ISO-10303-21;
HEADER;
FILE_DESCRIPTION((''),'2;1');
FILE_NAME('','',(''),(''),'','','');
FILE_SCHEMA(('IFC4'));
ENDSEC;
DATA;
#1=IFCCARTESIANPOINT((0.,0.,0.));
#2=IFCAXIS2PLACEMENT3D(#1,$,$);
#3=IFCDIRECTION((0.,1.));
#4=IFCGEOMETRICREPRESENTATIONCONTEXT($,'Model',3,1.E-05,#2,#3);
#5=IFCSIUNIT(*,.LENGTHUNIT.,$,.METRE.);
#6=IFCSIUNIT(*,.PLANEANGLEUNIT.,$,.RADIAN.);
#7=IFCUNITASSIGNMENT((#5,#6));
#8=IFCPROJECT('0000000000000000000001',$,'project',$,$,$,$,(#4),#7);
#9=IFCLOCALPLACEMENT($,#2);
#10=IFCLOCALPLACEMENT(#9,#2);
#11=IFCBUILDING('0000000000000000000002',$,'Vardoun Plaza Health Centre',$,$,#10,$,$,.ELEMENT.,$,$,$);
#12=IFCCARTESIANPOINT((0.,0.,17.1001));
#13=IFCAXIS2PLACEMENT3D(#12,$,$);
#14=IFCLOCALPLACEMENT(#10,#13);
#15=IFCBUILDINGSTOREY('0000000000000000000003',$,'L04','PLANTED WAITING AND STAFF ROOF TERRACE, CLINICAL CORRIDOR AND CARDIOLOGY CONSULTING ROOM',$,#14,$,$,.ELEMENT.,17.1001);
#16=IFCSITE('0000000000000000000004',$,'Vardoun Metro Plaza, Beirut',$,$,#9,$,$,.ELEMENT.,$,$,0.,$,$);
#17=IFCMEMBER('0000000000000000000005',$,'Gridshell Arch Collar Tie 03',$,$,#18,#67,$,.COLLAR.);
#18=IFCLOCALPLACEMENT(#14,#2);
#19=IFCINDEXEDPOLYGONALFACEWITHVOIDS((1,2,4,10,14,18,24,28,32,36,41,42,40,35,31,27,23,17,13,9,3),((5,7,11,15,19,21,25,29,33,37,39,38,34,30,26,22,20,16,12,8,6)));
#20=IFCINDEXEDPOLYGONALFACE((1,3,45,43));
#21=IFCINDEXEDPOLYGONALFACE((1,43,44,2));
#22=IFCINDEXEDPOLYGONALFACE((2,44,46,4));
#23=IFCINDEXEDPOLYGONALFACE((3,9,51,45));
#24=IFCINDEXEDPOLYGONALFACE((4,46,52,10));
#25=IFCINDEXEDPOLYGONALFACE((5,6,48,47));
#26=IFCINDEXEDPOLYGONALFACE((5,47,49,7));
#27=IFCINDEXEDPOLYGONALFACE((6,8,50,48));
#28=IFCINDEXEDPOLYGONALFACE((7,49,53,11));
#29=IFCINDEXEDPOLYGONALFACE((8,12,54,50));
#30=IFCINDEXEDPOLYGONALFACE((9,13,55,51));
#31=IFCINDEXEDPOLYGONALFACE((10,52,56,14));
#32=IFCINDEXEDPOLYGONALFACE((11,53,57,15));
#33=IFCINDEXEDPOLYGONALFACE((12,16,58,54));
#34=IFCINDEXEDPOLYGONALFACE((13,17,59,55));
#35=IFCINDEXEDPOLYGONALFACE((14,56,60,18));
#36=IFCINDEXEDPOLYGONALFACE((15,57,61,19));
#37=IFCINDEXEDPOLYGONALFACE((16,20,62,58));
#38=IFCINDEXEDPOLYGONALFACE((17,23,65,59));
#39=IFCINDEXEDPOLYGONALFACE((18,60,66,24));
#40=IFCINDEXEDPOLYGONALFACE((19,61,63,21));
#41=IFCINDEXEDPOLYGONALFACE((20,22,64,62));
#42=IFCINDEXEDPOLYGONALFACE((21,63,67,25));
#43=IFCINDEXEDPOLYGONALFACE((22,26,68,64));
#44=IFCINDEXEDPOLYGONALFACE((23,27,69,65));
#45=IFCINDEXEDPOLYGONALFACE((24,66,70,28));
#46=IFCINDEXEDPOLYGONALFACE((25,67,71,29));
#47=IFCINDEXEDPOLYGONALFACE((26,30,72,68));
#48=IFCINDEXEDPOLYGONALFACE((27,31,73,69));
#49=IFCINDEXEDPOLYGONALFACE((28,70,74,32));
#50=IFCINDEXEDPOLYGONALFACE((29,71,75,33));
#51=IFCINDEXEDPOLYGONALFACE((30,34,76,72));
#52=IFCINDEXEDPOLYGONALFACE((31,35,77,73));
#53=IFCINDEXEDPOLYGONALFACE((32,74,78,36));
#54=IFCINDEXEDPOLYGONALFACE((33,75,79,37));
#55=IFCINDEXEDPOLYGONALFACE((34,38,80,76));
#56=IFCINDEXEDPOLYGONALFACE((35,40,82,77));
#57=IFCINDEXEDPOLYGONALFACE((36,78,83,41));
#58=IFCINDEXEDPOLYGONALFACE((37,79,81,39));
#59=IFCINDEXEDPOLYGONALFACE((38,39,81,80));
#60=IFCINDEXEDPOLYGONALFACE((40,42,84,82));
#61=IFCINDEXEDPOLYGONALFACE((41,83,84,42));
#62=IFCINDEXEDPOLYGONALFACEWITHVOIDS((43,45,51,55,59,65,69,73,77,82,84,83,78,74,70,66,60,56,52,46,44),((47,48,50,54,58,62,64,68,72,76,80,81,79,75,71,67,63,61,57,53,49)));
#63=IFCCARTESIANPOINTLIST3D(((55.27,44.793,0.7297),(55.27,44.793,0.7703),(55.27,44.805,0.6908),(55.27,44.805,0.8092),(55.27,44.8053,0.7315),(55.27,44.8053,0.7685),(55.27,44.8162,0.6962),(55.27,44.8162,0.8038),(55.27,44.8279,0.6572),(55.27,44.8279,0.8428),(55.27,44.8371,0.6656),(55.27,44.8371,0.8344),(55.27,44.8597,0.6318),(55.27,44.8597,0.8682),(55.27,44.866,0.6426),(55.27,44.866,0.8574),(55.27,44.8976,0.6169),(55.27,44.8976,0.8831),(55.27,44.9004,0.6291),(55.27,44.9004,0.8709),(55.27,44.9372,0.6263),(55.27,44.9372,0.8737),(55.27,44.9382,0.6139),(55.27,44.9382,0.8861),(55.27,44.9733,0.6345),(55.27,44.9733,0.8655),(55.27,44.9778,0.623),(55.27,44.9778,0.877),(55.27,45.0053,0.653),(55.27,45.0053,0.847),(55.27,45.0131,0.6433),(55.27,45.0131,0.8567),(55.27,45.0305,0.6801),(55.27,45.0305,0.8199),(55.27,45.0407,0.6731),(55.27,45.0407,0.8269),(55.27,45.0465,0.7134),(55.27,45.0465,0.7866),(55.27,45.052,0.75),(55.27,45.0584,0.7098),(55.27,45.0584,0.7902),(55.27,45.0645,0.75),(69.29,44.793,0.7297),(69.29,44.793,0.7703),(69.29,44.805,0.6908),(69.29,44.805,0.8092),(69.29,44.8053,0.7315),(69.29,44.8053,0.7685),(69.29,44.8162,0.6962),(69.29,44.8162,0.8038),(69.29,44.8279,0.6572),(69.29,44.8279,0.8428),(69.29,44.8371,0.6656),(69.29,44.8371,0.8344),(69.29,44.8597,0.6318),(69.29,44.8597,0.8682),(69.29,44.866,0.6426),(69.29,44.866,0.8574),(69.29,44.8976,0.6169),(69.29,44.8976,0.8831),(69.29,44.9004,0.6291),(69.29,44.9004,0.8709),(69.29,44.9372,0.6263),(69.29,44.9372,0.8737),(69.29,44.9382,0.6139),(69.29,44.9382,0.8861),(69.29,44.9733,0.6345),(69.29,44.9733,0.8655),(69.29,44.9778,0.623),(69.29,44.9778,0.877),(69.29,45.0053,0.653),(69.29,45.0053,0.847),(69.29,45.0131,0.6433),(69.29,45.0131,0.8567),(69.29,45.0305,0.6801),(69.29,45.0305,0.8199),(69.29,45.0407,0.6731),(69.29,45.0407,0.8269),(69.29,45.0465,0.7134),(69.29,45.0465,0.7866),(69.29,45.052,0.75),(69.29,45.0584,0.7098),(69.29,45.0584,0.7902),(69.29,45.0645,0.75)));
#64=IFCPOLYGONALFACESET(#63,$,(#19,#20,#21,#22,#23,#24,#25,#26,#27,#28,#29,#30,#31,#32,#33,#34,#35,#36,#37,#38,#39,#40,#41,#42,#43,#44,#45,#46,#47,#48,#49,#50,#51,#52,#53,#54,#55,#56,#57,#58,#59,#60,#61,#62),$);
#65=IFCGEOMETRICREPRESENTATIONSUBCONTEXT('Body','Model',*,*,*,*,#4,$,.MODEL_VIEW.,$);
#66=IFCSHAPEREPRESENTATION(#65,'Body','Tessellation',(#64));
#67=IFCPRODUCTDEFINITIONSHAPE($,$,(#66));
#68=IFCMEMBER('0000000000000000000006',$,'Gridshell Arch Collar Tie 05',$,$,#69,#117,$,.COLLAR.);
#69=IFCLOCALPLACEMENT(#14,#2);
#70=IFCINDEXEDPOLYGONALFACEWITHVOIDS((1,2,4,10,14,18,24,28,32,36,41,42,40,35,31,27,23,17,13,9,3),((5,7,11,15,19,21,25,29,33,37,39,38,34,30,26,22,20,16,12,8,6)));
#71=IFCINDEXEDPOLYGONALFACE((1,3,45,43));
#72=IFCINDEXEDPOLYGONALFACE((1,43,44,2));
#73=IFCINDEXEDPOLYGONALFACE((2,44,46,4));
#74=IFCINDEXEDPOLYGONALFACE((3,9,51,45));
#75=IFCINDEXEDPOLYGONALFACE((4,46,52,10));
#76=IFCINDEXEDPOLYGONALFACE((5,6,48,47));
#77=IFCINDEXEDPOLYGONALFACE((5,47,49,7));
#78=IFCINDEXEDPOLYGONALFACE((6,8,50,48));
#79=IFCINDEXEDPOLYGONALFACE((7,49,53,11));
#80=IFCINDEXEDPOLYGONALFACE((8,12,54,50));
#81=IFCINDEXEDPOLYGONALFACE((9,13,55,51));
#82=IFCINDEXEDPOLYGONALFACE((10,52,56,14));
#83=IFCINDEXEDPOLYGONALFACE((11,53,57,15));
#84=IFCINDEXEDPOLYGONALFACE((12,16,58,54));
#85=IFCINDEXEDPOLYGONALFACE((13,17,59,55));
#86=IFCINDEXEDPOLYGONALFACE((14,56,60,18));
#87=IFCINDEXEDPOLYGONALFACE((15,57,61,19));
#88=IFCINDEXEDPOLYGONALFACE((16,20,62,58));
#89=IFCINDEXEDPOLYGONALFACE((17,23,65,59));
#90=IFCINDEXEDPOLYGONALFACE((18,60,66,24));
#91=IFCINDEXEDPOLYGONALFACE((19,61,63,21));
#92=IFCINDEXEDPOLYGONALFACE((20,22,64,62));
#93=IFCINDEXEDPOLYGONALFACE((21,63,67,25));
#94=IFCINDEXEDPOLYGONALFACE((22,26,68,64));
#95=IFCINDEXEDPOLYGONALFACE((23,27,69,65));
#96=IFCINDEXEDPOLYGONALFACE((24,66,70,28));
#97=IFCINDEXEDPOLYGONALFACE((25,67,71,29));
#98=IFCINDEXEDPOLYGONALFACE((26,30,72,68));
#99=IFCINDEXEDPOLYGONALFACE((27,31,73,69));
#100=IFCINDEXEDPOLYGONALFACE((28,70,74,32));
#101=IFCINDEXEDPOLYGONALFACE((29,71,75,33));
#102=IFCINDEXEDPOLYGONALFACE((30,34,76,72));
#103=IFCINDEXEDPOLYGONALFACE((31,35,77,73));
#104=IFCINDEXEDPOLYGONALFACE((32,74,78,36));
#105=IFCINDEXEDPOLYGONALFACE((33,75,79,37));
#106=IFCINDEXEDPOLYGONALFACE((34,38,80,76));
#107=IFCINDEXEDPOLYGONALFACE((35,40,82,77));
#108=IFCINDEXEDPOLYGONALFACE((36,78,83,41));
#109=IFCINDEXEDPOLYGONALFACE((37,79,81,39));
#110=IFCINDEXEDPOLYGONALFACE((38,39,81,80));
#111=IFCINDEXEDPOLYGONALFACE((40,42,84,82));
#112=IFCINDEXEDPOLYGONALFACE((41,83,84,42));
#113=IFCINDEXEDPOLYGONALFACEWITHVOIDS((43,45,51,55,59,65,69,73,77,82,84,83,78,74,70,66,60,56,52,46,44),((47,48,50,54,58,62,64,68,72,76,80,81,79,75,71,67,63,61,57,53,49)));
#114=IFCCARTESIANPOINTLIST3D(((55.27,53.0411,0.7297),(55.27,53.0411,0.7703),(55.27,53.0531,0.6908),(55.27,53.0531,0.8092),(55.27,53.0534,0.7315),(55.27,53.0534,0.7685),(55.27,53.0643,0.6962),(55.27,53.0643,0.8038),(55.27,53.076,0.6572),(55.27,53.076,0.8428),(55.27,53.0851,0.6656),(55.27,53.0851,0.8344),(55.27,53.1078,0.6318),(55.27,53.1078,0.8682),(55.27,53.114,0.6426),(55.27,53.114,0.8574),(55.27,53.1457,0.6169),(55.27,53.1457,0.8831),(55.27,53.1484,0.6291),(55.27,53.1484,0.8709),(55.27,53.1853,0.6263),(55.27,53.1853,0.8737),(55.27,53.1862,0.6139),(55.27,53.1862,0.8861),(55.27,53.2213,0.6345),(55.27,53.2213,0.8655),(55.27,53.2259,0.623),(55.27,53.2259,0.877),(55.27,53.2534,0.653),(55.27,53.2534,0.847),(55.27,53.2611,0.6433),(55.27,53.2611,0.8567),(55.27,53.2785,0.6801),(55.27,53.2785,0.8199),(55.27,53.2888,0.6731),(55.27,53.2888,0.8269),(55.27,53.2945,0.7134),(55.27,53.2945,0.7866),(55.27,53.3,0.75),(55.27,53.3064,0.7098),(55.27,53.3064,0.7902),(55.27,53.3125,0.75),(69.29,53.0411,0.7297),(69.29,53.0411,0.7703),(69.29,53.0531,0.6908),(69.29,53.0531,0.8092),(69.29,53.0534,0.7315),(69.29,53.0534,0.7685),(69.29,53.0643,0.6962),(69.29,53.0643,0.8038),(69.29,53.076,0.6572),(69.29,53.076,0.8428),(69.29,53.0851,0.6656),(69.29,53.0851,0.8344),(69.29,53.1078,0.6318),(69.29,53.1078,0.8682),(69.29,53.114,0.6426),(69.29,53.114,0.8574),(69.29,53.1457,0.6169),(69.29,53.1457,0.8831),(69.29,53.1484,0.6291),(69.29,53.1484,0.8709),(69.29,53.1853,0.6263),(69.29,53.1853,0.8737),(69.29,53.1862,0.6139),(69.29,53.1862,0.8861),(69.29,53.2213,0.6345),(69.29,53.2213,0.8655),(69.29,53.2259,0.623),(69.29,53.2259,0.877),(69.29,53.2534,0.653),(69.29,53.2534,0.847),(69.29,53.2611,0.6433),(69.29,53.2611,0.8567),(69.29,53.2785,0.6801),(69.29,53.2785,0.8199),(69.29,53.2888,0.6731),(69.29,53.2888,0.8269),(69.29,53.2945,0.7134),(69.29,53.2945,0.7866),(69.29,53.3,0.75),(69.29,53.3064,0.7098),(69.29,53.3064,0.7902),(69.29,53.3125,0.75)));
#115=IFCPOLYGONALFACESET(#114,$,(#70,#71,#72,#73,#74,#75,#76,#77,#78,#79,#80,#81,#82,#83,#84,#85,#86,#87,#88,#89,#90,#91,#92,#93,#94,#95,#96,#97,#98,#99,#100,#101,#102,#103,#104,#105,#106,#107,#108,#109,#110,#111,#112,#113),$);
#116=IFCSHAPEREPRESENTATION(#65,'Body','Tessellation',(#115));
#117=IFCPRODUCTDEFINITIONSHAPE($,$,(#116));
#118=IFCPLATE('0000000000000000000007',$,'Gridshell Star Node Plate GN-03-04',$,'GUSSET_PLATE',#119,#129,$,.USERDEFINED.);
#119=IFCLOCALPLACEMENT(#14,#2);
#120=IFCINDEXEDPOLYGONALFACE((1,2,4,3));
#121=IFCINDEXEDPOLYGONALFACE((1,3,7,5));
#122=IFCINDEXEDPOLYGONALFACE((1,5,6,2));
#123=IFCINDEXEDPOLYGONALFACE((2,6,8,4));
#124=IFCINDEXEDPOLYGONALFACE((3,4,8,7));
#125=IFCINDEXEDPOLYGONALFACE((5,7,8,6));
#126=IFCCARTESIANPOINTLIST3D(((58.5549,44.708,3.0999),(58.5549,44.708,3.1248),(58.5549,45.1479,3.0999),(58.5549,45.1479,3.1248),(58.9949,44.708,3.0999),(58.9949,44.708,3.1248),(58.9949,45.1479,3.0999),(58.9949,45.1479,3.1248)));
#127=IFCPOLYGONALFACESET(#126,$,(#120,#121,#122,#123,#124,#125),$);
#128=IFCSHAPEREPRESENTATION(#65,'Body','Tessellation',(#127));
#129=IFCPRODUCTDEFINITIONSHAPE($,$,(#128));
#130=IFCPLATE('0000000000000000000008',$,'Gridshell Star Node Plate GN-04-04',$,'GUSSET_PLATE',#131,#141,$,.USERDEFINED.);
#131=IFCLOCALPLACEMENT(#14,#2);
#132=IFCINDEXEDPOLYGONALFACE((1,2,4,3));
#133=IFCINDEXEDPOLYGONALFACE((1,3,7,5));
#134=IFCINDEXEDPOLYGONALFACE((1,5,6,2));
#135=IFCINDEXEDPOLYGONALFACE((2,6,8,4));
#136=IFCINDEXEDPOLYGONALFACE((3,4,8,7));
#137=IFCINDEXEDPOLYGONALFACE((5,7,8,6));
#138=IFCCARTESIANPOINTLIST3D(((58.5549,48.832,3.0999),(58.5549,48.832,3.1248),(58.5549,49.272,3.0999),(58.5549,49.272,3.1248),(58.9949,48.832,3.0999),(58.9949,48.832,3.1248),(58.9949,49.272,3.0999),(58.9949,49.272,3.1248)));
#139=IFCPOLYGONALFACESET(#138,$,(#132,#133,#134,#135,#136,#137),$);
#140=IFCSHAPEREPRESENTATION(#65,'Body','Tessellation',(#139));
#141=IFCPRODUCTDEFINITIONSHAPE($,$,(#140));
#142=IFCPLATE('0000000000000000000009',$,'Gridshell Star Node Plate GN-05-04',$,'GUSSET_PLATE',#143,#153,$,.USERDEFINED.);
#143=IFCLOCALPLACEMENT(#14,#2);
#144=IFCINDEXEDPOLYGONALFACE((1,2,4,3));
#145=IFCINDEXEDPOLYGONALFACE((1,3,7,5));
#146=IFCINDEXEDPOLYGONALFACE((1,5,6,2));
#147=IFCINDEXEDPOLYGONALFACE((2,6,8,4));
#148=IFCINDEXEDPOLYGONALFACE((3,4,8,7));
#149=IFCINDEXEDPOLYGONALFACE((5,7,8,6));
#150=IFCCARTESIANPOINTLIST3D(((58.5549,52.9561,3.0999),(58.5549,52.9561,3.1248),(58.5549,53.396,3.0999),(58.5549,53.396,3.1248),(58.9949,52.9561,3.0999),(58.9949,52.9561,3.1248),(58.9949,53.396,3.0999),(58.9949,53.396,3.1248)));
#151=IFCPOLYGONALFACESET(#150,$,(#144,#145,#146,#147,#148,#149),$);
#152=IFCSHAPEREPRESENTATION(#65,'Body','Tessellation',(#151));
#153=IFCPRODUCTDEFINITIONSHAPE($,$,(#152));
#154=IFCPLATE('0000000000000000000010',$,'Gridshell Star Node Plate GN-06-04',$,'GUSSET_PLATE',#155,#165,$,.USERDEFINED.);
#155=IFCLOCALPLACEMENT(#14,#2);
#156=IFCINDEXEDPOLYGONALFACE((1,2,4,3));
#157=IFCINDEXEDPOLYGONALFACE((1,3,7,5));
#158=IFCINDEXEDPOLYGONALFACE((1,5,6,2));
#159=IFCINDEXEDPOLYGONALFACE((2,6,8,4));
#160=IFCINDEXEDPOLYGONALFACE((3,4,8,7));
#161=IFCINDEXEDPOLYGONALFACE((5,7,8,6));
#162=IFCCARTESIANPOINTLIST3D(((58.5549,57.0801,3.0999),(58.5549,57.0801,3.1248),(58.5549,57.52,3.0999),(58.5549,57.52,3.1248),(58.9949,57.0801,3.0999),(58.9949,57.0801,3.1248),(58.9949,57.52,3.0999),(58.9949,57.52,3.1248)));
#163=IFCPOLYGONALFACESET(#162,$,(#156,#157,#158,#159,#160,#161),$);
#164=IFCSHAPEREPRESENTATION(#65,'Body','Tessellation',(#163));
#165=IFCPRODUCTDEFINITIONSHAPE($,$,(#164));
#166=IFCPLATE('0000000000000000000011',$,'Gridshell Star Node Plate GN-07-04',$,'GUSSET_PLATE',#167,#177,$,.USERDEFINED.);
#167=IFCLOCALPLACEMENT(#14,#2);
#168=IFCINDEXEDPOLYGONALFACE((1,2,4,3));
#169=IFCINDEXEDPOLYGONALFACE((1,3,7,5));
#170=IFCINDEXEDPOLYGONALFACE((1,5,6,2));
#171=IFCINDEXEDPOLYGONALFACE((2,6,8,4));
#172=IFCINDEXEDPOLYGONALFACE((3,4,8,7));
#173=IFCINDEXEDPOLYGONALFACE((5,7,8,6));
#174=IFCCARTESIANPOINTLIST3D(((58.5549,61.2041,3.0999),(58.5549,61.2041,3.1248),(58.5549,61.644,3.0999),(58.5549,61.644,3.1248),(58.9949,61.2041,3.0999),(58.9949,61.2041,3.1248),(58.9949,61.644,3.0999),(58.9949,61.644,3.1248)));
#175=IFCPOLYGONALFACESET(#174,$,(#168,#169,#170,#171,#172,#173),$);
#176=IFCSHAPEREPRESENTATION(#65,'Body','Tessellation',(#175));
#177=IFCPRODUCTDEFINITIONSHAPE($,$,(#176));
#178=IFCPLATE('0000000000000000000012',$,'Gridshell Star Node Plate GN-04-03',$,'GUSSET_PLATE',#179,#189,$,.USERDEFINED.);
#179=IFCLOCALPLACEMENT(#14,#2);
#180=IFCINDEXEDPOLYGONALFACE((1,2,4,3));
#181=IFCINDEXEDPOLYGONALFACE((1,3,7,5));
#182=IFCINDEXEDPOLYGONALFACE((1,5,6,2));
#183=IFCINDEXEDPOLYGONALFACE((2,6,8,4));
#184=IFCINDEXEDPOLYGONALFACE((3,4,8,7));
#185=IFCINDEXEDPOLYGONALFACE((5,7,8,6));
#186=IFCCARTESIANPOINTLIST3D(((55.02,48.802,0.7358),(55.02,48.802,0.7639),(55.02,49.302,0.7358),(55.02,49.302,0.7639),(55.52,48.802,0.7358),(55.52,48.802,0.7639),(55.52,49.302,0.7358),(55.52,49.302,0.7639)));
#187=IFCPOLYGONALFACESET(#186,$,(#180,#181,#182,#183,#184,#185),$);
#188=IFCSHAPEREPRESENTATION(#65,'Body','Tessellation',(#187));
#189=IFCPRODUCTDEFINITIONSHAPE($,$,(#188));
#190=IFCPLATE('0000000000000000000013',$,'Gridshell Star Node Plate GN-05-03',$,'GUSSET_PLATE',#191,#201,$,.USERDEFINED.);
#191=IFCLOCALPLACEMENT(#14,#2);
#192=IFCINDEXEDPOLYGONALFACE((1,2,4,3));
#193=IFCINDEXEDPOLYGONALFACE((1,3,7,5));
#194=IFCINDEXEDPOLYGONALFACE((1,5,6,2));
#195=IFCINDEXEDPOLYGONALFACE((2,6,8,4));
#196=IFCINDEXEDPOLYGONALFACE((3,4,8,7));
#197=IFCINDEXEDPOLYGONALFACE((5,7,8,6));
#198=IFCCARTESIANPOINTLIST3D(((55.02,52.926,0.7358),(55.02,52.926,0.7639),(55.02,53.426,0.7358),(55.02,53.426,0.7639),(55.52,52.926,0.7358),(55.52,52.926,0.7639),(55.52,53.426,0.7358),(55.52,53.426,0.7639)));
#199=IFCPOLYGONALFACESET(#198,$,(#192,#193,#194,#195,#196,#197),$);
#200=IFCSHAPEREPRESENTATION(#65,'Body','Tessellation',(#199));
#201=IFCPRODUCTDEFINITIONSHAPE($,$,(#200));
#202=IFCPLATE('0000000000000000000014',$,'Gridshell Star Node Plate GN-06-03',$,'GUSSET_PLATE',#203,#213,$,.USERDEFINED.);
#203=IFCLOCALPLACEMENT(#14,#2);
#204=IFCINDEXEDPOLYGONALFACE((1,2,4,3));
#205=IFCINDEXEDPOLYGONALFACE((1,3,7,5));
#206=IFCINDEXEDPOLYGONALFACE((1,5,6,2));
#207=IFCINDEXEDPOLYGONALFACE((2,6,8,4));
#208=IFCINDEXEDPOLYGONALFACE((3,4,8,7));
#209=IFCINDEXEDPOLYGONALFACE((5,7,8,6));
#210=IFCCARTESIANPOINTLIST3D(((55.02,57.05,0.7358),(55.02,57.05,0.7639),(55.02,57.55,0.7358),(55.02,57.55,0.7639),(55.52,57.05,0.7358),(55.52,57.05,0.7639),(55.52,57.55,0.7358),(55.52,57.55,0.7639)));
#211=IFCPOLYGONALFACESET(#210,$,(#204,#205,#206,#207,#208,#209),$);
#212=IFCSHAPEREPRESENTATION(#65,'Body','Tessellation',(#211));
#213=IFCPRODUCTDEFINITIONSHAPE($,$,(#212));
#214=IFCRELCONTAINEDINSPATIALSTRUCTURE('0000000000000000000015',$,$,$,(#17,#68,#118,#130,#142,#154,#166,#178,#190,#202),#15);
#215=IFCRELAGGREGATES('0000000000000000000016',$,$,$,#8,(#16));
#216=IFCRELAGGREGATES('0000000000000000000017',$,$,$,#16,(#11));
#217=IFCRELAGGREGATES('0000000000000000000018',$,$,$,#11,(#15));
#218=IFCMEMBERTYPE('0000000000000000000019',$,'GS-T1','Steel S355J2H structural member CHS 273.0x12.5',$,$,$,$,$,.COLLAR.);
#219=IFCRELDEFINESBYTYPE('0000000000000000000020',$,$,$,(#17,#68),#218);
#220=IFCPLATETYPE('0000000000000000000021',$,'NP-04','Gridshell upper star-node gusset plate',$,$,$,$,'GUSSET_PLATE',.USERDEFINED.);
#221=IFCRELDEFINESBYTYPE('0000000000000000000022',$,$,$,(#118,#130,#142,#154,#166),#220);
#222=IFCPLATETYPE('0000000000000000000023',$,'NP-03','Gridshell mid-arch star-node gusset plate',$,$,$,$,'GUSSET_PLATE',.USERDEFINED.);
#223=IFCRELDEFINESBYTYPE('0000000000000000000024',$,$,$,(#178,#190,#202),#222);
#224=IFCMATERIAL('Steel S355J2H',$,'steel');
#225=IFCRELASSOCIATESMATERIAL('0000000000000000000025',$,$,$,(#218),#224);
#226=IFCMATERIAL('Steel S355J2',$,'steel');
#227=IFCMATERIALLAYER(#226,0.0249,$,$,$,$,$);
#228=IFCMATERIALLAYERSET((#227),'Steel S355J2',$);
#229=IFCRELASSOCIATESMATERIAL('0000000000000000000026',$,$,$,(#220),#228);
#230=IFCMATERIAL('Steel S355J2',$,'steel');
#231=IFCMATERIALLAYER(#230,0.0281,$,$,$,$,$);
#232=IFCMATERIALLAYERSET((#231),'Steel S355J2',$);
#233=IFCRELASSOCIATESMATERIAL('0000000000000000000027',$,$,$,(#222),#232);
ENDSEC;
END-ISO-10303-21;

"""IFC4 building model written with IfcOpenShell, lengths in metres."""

from ifc_helpers import new_model, si_unit, direction, frame, origin, origin_2d, place, context, subcontext, project, spatial, rectangle, hollow_circle, extrude, material, layer, layer_set, material_profile, profile_set, type_object, element, save


model = new_model("IFC4")

# Units and contexts
model_context = context("Model", 3, precision=1e-05, world=origin(), true_north=direction((0.0, 1.0)))
body_context = subcontext(model_context, "Body", "Model", "MODEL_VIEW")
ifc_project = project(units=[si_unit("LENGTHUNIT", "METRE"), si_unit("PLANEANGLEUNIT", "RADIAN")], contexts=[model_context])

# Site, building, storey
site_placement = place(None, origin())
site = spatial("IfcSite", under=ifc_project, at=site_placement, Name="Vardoun Metro Plaza, Beirut", CompositionType="ELEMENT", RefElevation=0.0)
building_placement = place(site_placement, origin())
building = spatial("IfcBuilding", under=site, at=building_placement, Name="Vardoun Plaza Health Centre", CompositionType="ELEMENT")
storey_placement = place(building_placement, frame((0.0, 0.0, 17.1001)))
storey = spatial("IfcBuildingStorey", under=building, at=storey_placement, Name="L04", Description="PLANTED WAITING AND STAFF ROOF TERRACE, CLINICAL CORRIDOR AND CARDIOLOGY CONSULTING ROOM", CompositionType="ELEMENT", Elevation=17.1001)

# Members
ifc_material_1 = material(Name="Steel S355J2H", Category="steel")
ifc_material_profile_1 = material_profile(ifc_material_1, hollow_circle(Radius=0.1365, WallThickness=0.0125, at=origin_2d()), Name="CHS 273.0x12.5")
ifc_profile_set_1 = profile_set([ifc_material_profile_1], Name="Steel S355J2H")
member_type_1 = type_object("IfcMemberType", Name="GS-T1", Description="Steel S355J2H structural member CHS 273.0x12.5", PredefinedType="COLLAR", material=ifc_profile_set_1)
for number, where, z_axis, x_axis, name in (
    (1, (55.27, 44.928, 0.75), (1.0, 0.0, 0.0), (0.0, 1.0, 0.0), "Gridshell Arch Collar Tie 03"),
    (2, (55.27, 53.176, 0.75), (1.0, 0.0, 0.0), (0.0, 1.0, 0.0), "Gridshell Arch Collar Tie 05"),
):
    element("IfcMember", number, at=place(storey_placement, frame(where, z_axis=z_axis, x_axis=x_axis)), inside=storey, type_object=member_type_1, Name=name, PredefinedType="COLLAR", context=body_context, shape_type="SweptSolid", body=[
        extrude(hollow_circle(Radius=0.1365, WallThickness=0.0125, at=origin_2d()), origin(), (0.0, 0.0, 1.0), 14.02),
    ])

# Plates
ifc_material_2 = material(Name="Steel S355J2", Category="steel")
ifc_layer_1 = layer(ifc_material_2, 0.0249)
ifc_layer_set_1 = layer_set([ifc_layer_1], Name="Steel S355J2")
plate_type_1 = type_object("IfcPlateType", Name="NP-04", Description="Gridshell upper star-node gusset plate", ElementType="GUSSET_PLATE", PredefinedType="USERDEFINED", material=ifc_layer_set_1)
for number, where, z_axis, x_axis, name in (
    (3, (58.7749, 44.928, 3.0999), (0.0, 0.0, 1.0), (1.0, 0.0, 0.0), "Gridshell Star Node Plate GN-03-04"),
    (4, (58.7749, 49.052, 3.0999), (0.0, 0.0, 1.0), (1.0, 0.0, 0.0), "Gridshell Star Node Plate GN-04-04"),
    (5, (58.7749, 53.176, 3.0999), (0.0, 0.0, 1.0), (1.0, 0.0, 0.0), "Gridshell Star Node Plate GN-05-04"),
    (6, (58.7749, 57.3, 3.0999), (0.0, 0.0, 1.0), (1.0, 0.0, 0.0), "Gridshell Star Node Plate GN-06-04"),
    (7, (58.7749, 61.4241, 3.0999), (0.0, 0.0, 1.0), (1.0, 0.0, 0.0), "Gridshell Star Node Plate GN-07-04"),
):
    element("IfcPlate", number, at=place(storey_placement, frame(where, z_axis=z_axis, x_axis=x_axis)), inside=storey, type_object=plate_type_1, Name=name, ObjectType="GUSSET_PLATE", PredefinedType="USERDEFINED", context=body_context, shape_type="SweptSolid", body=[
        extrude(rectangle(XDim=0.4399, YDim=0.4399, at=origin_2d()), origin(), (0.0, 0.0, 1.0), 0.0249),
    ])
ifc_material_3 = material(Name="Steel S355J2", Category="steel")
ifc_layer_2 = layer(ifc_material_3, 0.0281)
ifc_layer_set_2 = layer_set([ifc_layer_2], Name="Steel S355J2")
plate_type_2 = type_object("IfcPlateType", Name="NP-03", Description="Gridshell mid-arch star-node gusset plate", ElementType="GUSSET_PLATE", PredefinedType="USERDEFINED", material=ifc_layer_set_2)
for number, where, z_axis, x_axis, name in (
    (8, (55.27, 49.052, 0.7358), (0.0, 0.0, 1.0), (1.0, 0.0, 0.0), "Gridshell Star Node Plate GN-04-03"),
    (9, (55.27, 53.176, 0.7358), (0.0, 0.0, 1.0), (1.0, 0.0, 0.0), "Gridshell Star Node Plate GN-05-03"),
    (10, (55.27, 57.3, 0.7358), (0.0, 0.0, 1.0), (1.0, 0.0, 0.0), "Gridshell Star Node Plate GN-06-03"),
):
    element("IfcPlate", number, at=place(storey_placement, frame(where, z_axis=z_axis, x_axis=x_axis)), inside=storey, type_object=plate_type_2, Name=name, ObjectType="GUSSET_PLATE", PredefinedType="USERDEFINED", context=body_context, shape_type="SweptSolid", body=[
        extrude(rectangle(XDim=0.5, YDim=0.5, at=origin_2d()), origin(), (0.0, 0.0, 1.0), 0.0281),
    ])

save(model, "model.ifc")
